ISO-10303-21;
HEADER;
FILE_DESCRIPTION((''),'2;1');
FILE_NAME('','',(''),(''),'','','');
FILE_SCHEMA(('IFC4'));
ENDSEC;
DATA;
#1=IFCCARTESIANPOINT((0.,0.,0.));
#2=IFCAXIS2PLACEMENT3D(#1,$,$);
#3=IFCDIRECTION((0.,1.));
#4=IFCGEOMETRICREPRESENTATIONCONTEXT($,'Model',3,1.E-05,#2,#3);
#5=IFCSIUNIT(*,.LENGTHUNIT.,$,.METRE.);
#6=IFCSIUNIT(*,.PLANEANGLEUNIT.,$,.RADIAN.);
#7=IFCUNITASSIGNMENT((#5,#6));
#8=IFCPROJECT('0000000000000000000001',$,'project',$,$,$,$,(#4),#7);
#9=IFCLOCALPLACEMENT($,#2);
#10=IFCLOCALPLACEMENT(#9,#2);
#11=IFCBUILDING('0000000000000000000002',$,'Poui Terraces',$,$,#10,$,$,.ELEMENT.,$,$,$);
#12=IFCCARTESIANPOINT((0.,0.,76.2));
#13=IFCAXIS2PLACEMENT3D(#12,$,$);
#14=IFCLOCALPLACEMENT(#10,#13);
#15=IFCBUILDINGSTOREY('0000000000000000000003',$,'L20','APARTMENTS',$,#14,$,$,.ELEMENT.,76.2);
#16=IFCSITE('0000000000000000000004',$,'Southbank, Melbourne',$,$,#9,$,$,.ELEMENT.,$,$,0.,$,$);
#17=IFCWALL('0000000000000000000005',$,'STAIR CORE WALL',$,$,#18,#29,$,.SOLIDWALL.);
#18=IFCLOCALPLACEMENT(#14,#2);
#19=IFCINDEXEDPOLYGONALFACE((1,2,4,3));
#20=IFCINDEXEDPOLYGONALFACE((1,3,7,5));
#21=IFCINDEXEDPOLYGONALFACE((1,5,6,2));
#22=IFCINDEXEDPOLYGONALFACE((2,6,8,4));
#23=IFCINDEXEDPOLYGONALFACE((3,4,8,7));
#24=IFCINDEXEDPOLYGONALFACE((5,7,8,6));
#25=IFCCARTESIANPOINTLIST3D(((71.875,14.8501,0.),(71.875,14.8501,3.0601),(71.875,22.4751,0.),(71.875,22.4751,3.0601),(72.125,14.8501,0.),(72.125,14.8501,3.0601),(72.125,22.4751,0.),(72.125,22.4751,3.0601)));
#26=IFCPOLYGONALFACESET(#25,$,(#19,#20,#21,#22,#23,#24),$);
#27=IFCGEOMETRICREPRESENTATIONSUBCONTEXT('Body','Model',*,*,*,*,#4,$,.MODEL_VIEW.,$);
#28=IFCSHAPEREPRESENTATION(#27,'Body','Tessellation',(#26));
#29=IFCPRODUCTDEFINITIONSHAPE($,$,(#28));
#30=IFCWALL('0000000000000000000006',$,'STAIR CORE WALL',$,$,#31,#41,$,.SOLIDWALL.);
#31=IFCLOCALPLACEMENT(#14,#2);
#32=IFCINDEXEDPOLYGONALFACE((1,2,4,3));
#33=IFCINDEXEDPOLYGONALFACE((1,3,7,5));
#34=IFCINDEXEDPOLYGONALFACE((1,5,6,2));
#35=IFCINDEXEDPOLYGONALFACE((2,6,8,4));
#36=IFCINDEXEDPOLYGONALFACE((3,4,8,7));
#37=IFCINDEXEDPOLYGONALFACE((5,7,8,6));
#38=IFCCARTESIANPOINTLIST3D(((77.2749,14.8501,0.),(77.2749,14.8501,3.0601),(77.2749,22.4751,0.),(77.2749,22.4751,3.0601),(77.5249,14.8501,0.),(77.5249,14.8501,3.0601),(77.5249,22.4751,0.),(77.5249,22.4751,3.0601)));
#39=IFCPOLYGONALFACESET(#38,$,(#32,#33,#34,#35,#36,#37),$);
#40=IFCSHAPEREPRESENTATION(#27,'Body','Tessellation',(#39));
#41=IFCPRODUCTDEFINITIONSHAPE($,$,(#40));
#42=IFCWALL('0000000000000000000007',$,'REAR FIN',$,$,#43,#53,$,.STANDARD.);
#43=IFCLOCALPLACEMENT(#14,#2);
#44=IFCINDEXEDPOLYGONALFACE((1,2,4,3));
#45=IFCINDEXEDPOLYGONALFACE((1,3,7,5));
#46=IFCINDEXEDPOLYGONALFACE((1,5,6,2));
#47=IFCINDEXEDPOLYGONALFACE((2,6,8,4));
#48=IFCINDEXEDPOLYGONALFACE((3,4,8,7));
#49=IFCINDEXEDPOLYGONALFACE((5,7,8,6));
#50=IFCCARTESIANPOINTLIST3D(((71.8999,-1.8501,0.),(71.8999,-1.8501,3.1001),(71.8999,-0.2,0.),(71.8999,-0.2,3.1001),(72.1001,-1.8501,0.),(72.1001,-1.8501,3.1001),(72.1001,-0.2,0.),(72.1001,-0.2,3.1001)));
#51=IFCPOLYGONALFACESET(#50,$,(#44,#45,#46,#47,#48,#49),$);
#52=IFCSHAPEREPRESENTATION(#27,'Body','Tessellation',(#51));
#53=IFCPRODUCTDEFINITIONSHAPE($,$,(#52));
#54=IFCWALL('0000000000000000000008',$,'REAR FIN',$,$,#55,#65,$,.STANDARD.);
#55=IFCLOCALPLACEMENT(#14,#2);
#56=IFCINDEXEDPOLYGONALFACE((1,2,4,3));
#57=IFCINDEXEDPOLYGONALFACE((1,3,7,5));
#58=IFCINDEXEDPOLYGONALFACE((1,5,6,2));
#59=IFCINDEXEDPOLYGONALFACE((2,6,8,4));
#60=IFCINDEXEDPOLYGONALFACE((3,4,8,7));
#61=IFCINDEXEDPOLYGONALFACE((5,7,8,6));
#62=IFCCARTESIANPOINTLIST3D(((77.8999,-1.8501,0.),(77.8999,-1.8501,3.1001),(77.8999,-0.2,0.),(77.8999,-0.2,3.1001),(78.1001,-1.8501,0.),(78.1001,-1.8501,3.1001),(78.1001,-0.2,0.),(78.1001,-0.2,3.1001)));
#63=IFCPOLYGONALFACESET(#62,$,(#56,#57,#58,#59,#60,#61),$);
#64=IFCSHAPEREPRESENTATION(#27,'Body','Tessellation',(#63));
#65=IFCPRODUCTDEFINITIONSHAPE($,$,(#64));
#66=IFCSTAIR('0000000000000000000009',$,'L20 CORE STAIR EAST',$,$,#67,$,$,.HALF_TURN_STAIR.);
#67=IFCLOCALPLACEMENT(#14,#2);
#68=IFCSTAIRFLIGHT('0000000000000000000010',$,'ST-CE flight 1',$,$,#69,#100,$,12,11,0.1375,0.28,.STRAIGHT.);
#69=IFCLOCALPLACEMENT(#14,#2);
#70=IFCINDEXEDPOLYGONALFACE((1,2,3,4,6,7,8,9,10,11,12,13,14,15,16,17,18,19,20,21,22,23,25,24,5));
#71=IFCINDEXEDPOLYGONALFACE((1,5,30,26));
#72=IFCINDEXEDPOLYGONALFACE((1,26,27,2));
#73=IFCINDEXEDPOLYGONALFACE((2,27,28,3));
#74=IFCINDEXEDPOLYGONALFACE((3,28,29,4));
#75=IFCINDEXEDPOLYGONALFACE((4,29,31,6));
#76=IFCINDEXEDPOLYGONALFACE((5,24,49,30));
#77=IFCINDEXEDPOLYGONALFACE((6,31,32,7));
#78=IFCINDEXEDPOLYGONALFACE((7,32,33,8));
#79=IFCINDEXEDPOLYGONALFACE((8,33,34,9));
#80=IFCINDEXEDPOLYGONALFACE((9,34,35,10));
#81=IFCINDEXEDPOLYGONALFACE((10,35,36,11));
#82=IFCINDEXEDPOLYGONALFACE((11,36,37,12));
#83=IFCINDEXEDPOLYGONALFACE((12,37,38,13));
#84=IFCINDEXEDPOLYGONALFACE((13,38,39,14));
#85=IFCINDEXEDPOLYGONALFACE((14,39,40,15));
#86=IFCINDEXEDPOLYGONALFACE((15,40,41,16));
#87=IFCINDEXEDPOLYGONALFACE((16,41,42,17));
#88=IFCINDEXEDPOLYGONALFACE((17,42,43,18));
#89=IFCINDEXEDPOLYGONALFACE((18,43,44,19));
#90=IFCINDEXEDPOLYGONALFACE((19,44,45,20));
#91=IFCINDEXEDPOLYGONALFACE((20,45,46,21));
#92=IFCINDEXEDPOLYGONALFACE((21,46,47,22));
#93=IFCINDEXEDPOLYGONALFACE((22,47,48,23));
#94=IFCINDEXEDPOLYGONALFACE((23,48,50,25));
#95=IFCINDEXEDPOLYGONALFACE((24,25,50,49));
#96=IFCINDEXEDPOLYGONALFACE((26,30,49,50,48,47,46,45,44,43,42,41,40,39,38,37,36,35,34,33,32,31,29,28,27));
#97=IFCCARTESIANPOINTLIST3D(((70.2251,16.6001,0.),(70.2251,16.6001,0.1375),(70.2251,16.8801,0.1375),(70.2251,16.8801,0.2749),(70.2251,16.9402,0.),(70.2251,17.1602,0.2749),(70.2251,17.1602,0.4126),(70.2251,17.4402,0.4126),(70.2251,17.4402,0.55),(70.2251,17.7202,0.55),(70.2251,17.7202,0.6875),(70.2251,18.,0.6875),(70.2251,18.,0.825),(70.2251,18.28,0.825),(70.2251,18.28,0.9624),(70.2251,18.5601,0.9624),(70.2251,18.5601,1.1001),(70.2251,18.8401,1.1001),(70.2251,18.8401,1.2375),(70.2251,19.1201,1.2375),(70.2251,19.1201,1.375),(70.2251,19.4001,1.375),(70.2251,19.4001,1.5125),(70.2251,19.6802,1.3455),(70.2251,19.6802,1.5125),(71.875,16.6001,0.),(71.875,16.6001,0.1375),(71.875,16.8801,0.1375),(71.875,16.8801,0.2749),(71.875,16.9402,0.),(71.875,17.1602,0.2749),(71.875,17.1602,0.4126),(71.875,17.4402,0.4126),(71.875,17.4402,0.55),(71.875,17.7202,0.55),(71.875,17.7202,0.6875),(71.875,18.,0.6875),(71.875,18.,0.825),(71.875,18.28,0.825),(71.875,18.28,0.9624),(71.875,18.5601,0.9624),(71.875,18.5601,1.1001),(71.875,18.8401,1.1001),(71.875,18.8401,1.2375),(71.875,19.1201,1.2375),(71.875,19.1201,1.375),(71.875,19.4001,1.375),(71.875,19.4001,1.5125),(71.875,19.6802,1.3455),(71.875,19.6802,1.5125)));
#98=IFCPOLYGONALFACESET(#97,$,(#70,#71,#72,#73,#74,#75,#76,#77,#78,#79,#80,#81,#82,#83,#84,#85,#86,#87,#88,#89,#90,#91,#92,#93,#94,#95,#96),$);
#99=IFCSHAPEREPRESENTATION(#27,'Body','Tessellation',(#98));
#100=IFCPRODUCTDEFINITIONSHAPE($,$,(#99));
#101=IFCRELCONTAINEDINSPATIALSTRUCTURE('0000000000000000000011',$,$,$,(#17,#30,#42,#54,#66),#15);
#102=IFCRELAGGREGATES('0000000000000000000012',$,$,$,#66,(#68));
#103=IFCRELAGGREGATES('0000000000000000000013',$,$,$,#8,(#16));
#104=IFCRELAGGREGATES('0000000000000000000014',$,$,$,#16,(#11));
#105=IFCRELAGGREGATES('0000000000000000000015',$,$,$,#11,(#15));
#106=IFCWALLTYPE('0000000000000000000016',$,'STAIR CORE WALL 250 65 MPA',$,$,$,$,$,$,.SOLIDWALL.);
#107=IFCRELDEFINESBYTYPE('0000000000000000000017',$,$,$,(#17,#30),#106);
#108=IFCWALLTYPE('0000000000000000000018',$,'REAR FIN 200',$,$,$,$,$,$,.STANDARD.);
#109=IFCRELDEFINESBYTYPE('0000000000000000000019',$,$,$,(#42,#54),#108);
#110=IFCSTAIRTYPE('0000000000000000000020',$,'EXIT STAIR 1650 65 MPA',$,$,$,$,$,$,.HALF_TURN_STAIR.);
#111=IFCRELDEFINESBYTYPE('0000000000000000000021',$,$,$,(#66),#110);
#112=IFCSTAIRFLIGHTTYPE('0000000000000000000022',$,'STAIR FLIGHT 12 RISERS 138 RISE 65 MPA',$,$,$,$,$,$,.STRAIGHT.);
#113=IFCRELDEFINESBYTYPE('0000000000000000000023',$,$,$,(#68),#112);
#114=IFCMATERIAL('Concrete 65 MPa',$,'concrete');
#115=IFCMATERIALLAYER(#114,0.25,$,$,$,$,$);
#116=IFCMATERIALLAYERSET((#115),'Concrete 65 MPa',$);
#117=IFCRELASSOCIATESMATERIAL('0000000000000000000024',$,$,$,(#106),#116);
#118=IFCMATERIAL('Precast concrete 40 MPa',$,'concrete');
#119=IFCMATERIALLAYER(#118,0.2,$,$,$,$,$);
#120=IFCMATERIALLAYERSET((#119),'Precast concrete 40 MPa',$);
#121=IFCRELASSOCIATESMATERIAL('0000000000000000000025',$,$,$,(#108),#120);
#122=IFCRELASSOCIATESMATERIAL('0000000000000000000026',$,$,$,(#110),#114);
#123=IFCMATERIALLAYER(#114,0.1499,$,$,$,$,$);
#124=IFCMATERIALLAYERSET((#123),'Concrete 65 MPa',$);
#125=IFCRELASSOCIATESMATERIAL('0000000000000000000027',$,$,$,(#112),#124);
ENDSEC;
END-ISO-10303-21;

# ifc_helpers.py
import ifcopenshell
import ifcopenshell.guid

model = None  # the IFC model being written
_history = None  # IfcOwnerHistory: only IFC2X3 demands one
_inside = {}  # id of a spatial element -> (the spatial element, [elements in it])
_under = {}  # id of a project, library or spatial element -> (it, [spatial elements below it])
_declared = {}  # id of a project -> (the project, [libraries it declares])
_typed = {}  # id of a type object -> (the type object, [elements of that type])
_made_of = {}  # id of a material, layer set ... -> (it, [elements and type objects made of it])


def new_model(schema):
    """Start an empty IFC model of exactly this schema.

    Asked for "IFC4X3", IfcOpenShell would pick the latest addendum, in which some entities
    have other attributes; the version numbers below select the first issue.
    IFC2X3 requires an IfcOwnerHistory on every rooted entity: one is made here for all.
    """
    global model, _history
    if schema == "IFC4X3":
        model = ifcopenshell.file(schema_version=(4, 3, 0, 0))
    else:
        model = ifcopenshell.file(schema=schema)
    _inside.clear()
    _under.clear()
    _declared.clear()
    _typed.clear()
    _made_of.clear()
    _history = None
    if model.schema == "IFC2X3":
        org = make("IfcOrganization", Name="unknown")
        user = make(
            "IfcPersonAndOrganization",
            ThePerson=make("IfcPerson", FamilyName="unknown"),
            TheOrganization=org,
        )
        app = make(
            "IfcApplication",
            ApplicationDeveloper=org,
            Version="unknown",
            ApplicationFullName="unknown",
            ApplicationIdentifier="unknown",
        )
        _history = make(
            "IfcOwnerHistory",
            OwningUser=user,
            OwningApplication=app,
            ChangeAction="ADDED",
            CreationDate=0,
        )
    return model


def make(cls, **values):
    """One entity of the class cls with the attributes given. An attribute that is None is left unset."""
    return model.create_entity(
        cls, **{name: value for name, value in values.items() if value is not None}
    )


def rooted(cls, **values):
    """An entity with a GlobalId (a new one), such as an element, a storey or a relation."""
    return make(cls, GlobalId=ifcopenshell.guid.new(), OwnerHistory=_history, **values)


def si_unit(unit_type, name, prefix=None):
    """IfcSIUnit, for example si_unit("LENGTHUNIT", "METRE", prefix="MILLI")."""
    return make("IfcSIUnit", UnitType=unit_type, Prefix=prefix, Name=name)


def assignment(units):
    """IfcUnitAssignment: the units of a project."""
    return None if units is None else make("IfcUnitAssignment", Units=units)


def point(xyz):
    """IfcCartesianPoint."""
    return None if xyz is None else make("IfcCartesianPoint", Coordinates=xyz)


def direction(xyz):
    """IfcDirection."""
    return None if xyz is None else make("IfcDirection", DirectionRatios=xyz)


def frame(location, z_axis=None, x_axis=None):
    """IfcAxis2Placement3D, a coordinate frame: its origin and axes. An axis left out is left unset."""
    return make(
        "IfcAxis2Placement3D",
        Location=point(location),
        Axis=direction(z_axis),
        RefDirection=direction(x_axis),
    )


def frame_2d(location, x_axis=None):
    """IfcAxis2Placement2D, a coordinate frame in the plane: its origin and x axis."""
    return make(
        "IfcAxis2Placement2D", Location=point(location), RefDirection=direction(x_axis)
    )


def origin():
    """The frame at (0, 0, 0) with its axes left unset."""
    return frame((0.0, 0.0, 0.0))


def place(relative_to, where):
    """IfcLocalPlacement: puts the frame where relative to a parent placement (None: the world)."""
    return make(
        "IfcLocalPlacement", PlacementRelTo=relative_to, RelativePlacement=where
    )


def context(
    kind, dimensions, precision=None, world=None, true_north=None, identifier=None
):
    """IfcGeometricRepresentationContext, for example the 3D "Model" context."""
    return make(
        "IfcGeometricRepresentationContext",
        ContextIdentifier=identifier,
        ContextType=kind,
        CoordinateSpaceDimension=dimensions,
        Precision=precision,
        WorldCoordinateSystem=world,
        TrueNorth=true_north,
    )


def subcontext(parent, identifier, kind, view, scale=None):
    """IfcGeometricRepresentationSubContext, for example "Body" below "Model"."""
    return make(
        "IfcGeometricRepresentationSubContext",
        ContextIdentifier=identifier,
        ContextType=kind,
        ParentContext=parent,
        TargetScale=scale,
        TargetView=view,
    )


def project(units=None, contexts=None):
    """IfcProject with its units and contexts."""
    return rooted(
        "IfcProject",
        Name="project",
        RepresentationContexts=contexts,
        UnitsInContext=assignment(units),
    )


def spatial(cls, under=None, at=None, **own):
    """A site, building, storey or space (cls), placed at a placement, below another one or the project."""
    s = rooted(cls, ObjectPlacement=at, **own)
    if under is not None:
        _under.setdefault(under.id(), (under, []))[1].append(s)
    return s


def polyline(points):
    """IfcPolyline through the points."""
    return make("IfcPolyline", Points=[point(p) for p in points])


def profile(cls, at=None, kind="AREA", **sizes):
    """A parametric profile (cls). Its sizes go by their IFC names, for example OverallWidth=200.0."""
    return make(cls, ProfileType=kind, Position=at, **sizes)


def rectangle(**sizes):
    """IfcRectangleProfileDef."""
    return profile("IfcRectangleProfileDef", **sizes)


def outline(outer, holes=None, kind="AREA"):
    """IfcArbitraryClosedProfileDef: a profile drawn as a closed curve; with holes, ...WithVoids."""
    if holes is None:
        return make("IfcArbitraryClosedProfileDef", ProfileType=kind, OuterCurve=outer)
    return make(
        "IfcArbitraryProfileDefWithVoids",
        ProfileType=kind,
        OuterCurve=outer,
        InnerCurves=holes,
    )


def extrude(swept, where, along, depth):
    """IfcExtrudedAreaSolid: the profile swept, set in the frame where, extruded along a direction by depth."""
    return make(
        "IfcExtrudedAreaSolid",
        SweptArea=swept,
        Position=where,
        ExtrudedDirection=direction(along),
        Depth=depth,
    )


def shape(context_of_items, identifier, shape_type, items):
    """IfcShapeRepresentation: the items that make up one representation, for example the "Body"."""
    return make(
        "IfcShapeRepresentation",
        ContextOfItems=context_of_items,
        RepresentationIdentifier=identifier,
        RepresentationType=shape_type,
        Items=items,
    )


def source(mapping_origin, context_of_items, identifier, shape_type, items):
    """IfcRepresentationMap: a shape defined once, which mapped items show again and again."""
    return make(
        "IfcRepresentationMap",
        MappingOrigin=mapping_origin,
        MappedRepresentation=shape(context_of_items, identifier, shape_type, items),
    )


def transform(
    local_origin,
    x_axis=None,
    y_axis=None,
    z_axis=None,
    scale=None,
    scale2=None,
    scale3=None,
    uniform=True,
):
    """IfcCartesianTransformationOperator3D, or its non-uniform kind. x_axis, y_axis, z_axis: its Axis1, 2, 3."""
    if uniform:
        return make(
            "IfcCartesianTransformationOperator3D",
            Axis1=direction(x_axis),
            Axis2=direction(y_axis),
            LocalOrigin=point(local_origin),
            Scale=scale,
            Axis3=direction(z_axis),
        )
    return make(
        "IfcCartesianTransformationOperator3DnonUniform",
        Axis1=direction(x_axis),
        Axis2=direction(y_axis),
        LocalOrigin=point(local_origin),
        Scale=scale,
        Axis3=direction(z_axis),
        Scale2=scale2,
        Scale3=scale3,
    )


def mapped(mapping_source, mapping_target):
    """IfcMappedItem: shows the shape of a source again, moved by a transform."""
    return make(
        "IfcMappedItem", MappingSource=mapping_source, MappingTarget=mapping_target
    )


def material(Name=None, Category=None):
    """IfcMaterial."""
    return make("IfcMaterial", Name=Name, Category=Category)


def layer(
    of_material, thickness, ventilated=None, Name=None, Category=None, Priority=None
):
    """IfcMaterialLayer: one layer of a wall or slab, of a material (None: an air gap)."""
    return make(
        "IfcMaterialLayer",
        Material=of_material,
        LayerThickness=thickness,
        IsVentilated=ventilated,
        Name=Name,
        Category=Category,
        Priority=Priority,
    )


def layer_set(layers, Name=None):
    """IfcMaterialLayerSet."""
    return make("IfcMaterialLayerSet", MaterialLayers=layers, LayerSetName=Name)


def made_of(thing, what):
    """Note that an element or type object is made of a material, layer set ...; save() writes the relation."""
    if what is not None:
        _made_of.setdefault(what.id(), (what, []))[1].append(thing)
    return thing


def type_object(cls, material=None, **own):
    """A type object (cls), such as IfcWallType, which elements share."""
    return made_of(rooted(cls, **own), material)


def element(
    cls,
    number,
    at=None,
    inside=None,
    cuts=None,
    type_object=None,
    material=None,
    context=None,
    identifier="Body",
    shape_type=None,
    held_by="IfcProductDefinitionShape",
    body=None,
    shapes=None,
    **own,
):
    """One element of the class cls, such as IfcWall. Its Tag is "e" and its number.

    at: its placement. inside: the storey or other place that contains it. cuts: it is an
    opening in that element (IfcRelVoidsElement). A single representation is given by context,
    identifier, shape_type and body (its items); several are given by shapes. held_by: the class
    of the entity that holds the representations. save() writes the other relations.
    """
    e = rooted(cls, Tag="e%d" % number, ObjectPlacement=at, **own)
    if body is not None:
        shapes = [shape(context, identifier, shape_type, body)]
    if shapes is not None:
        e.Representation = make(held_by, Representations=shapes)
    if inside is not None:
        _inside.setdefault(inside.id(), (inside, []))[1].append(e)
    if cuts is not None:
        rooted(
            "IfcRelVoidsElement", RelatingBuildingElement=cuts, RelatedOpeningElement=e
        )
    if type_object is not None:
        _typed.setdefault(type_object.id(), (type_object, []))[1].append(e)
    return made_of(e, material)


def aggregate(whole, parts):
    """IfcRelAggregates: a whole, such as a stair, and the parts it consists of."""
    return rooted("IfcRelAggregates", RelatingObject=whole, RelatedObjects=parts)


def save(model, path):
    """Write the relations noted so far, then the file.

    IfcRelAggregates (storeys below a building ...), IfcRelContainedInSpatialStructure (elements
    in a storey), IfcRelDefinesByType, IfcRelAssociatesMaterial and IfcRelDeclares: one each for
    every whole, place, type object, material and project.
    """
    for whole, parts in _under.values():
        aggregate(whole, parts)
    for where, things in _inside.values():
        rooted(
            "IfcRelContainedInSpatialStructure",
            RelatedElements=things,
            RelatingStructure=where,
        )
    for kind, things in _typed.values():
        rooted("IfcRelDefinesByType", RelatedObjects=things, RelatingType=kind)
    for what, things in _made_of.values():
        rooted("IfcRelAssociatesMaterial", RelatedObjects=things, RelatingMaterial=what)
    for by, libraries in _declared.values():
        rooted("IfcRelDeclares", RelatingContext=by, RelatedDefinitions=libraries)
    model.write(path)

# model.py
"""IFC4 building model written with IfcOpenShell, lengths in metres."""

from ifc_helpers import new_model, si_unit, direction, frame, frame_2d, origin, place, context, subcontext, project, spatial, polyline, rectangle, outline, extrude, source, transform, mapped, material, layer, layer_set, type_object, element, aggregate, save


model = new_model("IFC4")

# Units and contexts
model_context = context("Model", 3, precision=1e-05, world=origin(), true_north=direction((0.0, 1.0)))
body_context = subcontext(model_context, "Body", "Model", "MODEL_VIEW")
ifc_project = project(units=[si_unit("LENGTHUNIT", "METRE"), si_unit("PLANEANGLEUNIT", "RADIAN")], contexts=[model_context])

# Site, building, storey
site_placement = place(None, origin())
site = spatial("IfcSite", under=ifc_project, at=site_placement, Name="Southbank, Melbourne", CompositionType="ELEMENT", RefElevation=0.0)
building_placement = place(site_placement, origin())
building = spatial("IfcBuilding", under=site, at=building_placement, Name="Poui Terraces", CompositionType="ELEMENT")
storey_placement = place(building_placement, frame((0.0, 0.0, 76.2)))
storey = spatial("IfcBuildingStorey", under=building, at=storey_placement, Name="L20", Description="APARTMENTS", CompositionType="ELEMENT", Elevation=76.2)

# Shared definitions
ifc_material_1 = material(Name="Concrete 65 MPa", Category="concrete")

# Shared definitions
ifc_material_2 = material(Name="Precast concrete 40 MPa", Category="concrete")

# Walls
ifc_layer_1 = layer(ifc_material_1, 0.25)
ifc_layer_set_1 = layer_set([ifc_layer_1], Name="Concrete 65 MPa")
wall_type_1 = type_object("IfcWallType", Name="STAIR CORE WALL 250 65 MPA", PredefinedType="SOLIDWALL", material=ifc_layer_set_1)
for number, where, z_axis, x_axis, name in (
    (1, (72.0, 14.8501, 0.0), (0.0, 0.0, 1.0), (0.0, 1.0, 0.0), "STAIR CORE WALL"),
    (2, (77.3999, 14.8501, 0.0), (0.0, 0.0, 1.0), (0.0, 1.0, 0.0), "STAIR CORE WALL"),
):
    element("IfcWall", number, at=place(storey_placement, frame(where, z_axis=z_axis, x_axis=x_axis)), inside=storey, type_object=wall_type_1, Name=name, PredefinedType="SOLIDWALL", context=body_context, shape_type="SweptSolid", body=[
        extrude(rectangle(XDim=7.625, YDim=0.25, at=frame_2d((3.8125, 0.0))), origin(), (0.0, 0.0, 1.0), 3.0601),
    ])
ifc_layer_2 = layer(ifc_material_2, 0.2)
ifc_layer_set_2 = layer_set([ifc_layer_2], Name="Precast concrete 40 MPa")
wall_type_2 = type_object("IfcWallType", Name="REAR FIN 200", PredefinedType="STANDARD", material=ifc_layer_set_2)
shared_shape_1 = source(origin(), body_context, "Body", "SweptSolid", [
    extrude(outline(polyline([(0.0, 0.0), (0.2002, 0.0), (0.2002, 1.6501), (0.0, 1.6501), (0.0, 0.0)])), origin(), (0.0, 0.0, 1.0), 3.1001),
])
for number, where, name in (
    (3, (71.8999, -1.8501, 0.0), "REAR FIN"),
    (4, (77.8999, -1.8501, 0.0), "REAR FIN"),
):
    element("IfcWall", number, at=place(storey_placement, frame(where)), inside=storey, type_object=wall_type_2, Name=name, PredefinedType="STANDARD", context=body_context, shape_type="MappedRepresentation", body=[
        mapped(shared_shape_1, transform((0.0, 0.0, 0.0))),
    ])

# Stair, stair flight
stair_type = type_object("IfcStairType", Name="EXIT STAIR 1650 65 MPA", PredefinedType="HALF_TURN_STAIR", material=ifc_material_1)
stair_placement = place(storey_placement, origin())
stair = element("IfcStair", 5, at=stair_placement, inside=storey, type_object=stair_type, Name="L20 CORE STAIR EAST", PredefinedType="HALF_TURN_STAIR")
ifc_layer_3 = layer(ifc_material_1, 0.1499)
ifc_layer_set_3 = layer_set([ifc_layer_3], Name="Concrete 65 MPa")
stair_flight_type = type_object("IfcStairFlightType", Name="STAIR FLIGHT 12 RISERS 138 RISE 65 MPA", PredefinedType="STRAIGHT", material=ifc_layer_set_3)
stair_flight_placement = place(storey_placement, frame((71.05, 16.6001, 0.0), z_axis=(0.0, 0.0, 1.0), x_axis=(0.0, 1.0, 0.0)))
stair_flight = element("IfcStairFlight", 6, at=stair_flight_placement, type_object=stair_flight_type, Name="ST-CE flight 1", NumberOfRisers=12, NumberOfTreads=11, PredefinedType="STRAIGHT", RiserHeight=0.1375, TreadLength=0.28, context=body_context, shape_type="SweptSolid", body=[
    extrude(outline(polyline([(0.0, 0.0), (0.0, 0.1375), (0.28, 0.1375), (0.28, 0.2749), (0.5601, 0.2749), (0.5601, 0.4126), (0.8401, 0.4126), (0.8401, 0.55), (1.1201, 0.55), (1.1201, 0.6875), (1.3999, 0.6875), (1.3999, 0.825), (1.6799, 0.825), (1.6799, 0.9624), (1.96, 0.9624), (1.96, 1.1001), (2.24, 1.1001), (2.24, 1.2375), (2.52, 1.2375), (2.52, 1.375), (2.8, 1.375), (2.8, 1.5125), (3.0801, 1.5125), (3.0801, 1.6499), (3.0801, 1.3455), (0.3401, 0.0), (0.0, 0.0)])), frame((0.0, 0.825, 0.0), z_axis=(0.0, -1.0, 0.0), x_axis=(1.0, 0.0, 0.0)), (0.0, 0.0, 1.0), 1.6499),
])
aggregate(stair, [stair_flight])

save(model, "model.ifc")
